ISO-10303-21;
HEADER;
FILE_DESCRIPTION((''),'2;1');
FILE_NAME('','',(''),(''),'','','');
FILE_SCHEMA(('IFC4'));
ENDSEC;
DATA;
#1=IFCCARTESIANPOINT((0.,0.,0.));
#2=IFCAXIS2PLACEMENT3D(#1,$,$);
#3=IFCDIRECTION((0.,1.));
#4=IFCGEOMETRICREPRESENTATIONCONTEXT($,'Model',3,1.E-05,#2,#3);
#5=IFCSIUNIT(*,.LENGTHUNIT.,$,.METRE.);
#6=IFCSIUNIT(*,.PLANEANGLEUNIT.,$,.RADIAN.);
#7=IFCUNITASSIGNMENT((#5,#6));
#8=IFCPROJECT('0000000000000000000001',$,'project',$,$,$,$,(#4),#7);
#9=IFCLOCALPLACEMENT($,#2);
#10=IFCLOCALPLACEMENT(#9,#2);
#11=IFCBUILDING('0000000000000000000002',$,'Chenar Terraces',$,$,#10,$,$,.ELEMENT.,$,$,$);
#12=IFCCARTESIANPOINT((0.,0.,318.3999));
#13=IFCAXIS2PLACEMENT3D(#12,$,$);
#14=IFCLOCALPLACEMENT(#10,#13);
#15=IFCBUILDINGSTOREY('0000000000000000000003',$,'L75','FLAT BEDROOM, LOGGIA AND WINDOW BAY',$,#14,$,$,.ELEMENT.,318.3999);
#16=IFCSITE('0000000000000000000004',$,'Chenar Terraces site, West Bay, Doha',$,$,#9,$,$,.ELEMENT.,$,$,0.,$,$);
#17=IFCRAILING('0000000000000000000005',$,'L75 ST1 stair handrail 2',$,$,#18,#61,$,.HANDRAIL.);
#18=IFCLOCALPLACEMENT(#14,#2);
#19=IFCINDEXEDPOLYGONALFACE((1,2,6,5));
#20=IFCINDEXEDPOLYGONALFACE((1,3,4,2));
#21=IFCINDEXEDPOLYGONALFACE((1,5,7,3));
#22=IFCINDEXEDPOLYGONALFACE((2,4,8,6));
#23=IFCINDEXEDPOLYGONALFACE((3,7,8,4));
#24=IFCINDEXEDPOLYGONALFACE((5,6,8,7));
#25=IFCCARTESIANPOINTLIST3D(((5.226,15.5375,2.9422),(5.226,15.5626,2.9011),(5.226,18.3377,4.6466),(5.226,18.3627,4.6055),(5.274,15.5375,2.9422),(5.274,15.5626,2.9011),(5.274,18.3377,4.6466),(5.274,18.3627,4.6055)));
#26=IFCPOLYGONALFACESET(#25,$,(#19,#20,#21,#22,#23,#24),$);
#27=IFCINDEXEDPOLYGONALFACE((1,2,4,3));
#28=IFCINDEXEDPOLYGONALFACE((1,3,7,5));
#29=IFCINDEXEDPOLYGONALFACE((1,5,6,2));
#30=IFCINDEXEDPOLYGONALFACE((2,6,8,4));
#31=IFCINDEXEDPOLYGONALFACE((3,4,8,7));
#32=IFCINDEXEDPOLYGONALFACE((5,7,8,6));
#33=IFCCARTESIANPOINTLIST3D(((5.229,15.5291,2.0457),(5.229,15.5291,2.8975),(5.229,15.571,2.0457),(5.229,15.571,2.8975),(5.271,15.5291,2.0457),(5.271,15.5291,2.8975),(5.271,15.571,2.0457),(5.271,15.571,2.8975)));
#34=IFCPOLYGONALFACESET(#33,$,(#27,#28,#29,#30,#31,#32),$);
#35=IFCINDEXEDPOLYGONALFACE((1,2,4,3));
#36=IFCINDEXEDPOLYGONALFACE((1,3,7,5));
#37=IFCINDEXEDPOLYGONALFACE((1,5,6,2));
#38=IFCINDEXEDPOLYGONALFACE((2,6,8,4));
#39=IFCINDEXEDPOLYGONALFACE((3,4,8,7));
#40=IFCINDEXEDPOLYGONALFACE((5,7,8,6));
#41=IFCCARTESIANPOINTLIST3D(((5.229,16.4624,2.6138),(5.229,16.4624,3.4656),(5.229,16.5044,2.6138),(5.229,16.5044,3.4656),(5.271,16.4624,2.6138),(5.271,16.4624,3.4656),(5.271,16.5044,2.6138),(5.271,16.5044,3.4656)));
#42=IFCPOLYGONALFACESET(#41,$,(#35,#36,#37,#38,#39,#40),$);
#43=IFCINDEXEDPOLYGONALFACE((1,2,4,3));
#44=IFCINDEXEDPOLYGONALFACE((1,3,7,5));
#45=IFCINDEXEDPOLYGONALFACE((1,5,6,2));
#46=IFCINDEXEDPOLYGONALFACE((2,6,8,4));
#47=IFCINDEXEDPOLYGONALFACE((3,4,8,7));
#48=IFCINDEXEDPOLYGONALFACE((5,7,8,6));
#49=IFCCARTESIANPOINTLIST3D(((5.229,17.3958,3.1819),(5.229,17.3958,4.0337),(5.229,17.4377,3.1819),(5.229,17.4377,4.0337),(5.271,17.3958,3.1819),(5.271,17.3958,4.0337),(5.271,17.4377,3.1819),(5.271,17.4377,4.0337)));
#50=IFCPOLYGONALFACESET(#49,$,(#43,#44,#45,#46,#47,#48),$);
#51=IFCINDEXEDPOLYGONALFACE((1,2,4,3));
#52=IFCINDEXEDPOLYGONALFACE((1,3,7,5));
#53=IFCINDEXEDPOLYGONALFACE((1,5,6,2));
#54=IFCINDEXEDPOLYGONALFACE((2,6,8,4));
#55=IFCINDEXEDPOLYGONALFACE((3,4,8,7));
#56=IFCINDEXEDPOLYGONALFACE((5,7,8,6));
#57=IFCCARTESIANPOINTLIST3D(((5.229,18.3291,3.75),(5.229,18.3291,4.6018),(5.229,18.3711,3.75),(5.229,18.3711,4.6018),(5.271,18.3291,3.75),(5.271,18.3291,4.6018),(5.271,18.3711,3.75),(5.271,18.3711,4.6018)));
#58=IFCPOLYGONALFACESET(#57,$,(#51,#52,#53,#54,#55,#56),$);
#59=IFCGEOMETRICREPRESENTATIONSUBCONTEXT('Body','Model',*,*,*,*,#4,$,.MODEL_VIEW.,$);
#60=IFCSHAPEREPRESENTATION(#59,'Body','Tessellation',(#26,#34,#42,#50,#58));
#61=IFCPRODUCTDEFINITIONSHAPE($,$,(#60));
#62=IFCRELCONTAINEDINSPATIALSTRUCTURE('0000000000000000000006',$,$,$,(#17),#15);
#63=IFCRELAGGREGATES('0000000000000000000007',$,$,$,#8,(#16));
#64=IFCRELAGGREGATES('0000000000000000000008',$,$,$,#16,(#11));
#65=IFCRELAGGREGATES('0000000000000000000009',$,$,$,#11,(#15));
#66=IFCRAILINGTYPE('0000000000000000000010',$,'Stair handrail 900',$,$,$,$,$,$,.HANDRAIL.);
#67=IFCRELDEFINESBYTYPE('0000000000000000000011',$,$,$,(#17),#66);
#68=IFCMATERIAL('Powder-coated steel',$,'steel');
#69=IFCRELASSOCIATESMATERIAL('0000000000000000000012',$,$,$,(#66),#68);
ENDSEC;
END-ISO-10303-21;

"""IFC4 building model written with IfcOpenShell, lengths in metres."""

from ifc_helpers import new_model, si_unit, direction, frame, origin, origin_2d, place, context, subcontext, project, spatial, rectangle, extrude, material, type_object, element, save


model = new_model("IFC4")

# Units and contexts
model_context = context("Model", 3, precision=1e-05, world=origin(), true_north=direction((0.0, 1.0)))
body_context = subcontext(model_context, "Body", "Model", "MODEL_VIEW")
ifc_project = project(units=[si_unit("LENGTHUNIT", "METRE"), si_unit("PLANEANGLEUNIT", "RADIAN")], contexts=[model_context])

# Site, building, storey
site_placement = place(None, origin())
site = spatial("IfcSite", under=ifc_project, at=site_placement, Name="Chenar Terraces site, West Bay, Doha", CompositionType="ELEMENT", RefElevation=0.0)
building_placement = place(site_placement, origin())
building = spatial("IfcBuilding", under=site, at=building_placement, Name="Chenar Terraces", CompositionType="ELEMENT")
storey_placement = place(building_placement, frame((0.0, 0.0, 318.3999)))
storey = spatial("IfcBuildingStorey", under=building, at=storey_placement, Name="L75", Description="FLAT BEDROOM, LOGGIA AND WINDOW BAY", CompositionType="ELEMENT", Elevation=318.3999)

# Railing
ifc_material_1 = material(Name="Powder-coated steel", Category="steel")
railing_type_1 = type_object("IfcRailingType", Name="Stair handrail 900", PredefinedType="HANDRAIL", material=ifc_material_1)
railing_1_placement = place(storey_placement, frame((5.25, 15.55, 2.0457)))
element("IfcRailing", 1, at=railing_1_placement, inside=storey, type_object=railing_type_1, Name="L75 ST1 stair handrail 2", PredefinedType="HANDRAIL", context=body_context, shape_type="SweptSolid", body=[
    extrude(rectangle(XDim=0.0481, YDim=0.0481, at=origin_2d()), frame((0.0, 0.0, 0.876), z_axis=(0.0, 0.854203, 0.51994), x_axis=(-1.0, 0.0, 0.0)), (0.0, 0.0, 1.0), 3.2781),
    extrude(rectangle(XDim=0.042, YDim=0.042, at=origin_2d()), origin(), (0.0, 0.0, 1.0), 0.8518),
    extrude(rectangle(XDim=0.042, YDim=0.042, at=origin_2d()), frame((0.0, 0.9333, 0.5681)), (0.0, 0.0, 1.0), 0.8518),
    extrude(rectangle(XDim=0.042, YDim=0.042, at=origin_2d()), frame((0.0, 1.8667, 1.1362)), (0.0, 0.0, 1.0), 0.8518),
    extrude(rectangle(XDim=0.042, YDim=0.042, at=origin_2d()), frame((0.0, 2.8, 1.7043)), (0.0, 0.0, 1.0), 0.8518),
])

save(model, "model.ifc")
